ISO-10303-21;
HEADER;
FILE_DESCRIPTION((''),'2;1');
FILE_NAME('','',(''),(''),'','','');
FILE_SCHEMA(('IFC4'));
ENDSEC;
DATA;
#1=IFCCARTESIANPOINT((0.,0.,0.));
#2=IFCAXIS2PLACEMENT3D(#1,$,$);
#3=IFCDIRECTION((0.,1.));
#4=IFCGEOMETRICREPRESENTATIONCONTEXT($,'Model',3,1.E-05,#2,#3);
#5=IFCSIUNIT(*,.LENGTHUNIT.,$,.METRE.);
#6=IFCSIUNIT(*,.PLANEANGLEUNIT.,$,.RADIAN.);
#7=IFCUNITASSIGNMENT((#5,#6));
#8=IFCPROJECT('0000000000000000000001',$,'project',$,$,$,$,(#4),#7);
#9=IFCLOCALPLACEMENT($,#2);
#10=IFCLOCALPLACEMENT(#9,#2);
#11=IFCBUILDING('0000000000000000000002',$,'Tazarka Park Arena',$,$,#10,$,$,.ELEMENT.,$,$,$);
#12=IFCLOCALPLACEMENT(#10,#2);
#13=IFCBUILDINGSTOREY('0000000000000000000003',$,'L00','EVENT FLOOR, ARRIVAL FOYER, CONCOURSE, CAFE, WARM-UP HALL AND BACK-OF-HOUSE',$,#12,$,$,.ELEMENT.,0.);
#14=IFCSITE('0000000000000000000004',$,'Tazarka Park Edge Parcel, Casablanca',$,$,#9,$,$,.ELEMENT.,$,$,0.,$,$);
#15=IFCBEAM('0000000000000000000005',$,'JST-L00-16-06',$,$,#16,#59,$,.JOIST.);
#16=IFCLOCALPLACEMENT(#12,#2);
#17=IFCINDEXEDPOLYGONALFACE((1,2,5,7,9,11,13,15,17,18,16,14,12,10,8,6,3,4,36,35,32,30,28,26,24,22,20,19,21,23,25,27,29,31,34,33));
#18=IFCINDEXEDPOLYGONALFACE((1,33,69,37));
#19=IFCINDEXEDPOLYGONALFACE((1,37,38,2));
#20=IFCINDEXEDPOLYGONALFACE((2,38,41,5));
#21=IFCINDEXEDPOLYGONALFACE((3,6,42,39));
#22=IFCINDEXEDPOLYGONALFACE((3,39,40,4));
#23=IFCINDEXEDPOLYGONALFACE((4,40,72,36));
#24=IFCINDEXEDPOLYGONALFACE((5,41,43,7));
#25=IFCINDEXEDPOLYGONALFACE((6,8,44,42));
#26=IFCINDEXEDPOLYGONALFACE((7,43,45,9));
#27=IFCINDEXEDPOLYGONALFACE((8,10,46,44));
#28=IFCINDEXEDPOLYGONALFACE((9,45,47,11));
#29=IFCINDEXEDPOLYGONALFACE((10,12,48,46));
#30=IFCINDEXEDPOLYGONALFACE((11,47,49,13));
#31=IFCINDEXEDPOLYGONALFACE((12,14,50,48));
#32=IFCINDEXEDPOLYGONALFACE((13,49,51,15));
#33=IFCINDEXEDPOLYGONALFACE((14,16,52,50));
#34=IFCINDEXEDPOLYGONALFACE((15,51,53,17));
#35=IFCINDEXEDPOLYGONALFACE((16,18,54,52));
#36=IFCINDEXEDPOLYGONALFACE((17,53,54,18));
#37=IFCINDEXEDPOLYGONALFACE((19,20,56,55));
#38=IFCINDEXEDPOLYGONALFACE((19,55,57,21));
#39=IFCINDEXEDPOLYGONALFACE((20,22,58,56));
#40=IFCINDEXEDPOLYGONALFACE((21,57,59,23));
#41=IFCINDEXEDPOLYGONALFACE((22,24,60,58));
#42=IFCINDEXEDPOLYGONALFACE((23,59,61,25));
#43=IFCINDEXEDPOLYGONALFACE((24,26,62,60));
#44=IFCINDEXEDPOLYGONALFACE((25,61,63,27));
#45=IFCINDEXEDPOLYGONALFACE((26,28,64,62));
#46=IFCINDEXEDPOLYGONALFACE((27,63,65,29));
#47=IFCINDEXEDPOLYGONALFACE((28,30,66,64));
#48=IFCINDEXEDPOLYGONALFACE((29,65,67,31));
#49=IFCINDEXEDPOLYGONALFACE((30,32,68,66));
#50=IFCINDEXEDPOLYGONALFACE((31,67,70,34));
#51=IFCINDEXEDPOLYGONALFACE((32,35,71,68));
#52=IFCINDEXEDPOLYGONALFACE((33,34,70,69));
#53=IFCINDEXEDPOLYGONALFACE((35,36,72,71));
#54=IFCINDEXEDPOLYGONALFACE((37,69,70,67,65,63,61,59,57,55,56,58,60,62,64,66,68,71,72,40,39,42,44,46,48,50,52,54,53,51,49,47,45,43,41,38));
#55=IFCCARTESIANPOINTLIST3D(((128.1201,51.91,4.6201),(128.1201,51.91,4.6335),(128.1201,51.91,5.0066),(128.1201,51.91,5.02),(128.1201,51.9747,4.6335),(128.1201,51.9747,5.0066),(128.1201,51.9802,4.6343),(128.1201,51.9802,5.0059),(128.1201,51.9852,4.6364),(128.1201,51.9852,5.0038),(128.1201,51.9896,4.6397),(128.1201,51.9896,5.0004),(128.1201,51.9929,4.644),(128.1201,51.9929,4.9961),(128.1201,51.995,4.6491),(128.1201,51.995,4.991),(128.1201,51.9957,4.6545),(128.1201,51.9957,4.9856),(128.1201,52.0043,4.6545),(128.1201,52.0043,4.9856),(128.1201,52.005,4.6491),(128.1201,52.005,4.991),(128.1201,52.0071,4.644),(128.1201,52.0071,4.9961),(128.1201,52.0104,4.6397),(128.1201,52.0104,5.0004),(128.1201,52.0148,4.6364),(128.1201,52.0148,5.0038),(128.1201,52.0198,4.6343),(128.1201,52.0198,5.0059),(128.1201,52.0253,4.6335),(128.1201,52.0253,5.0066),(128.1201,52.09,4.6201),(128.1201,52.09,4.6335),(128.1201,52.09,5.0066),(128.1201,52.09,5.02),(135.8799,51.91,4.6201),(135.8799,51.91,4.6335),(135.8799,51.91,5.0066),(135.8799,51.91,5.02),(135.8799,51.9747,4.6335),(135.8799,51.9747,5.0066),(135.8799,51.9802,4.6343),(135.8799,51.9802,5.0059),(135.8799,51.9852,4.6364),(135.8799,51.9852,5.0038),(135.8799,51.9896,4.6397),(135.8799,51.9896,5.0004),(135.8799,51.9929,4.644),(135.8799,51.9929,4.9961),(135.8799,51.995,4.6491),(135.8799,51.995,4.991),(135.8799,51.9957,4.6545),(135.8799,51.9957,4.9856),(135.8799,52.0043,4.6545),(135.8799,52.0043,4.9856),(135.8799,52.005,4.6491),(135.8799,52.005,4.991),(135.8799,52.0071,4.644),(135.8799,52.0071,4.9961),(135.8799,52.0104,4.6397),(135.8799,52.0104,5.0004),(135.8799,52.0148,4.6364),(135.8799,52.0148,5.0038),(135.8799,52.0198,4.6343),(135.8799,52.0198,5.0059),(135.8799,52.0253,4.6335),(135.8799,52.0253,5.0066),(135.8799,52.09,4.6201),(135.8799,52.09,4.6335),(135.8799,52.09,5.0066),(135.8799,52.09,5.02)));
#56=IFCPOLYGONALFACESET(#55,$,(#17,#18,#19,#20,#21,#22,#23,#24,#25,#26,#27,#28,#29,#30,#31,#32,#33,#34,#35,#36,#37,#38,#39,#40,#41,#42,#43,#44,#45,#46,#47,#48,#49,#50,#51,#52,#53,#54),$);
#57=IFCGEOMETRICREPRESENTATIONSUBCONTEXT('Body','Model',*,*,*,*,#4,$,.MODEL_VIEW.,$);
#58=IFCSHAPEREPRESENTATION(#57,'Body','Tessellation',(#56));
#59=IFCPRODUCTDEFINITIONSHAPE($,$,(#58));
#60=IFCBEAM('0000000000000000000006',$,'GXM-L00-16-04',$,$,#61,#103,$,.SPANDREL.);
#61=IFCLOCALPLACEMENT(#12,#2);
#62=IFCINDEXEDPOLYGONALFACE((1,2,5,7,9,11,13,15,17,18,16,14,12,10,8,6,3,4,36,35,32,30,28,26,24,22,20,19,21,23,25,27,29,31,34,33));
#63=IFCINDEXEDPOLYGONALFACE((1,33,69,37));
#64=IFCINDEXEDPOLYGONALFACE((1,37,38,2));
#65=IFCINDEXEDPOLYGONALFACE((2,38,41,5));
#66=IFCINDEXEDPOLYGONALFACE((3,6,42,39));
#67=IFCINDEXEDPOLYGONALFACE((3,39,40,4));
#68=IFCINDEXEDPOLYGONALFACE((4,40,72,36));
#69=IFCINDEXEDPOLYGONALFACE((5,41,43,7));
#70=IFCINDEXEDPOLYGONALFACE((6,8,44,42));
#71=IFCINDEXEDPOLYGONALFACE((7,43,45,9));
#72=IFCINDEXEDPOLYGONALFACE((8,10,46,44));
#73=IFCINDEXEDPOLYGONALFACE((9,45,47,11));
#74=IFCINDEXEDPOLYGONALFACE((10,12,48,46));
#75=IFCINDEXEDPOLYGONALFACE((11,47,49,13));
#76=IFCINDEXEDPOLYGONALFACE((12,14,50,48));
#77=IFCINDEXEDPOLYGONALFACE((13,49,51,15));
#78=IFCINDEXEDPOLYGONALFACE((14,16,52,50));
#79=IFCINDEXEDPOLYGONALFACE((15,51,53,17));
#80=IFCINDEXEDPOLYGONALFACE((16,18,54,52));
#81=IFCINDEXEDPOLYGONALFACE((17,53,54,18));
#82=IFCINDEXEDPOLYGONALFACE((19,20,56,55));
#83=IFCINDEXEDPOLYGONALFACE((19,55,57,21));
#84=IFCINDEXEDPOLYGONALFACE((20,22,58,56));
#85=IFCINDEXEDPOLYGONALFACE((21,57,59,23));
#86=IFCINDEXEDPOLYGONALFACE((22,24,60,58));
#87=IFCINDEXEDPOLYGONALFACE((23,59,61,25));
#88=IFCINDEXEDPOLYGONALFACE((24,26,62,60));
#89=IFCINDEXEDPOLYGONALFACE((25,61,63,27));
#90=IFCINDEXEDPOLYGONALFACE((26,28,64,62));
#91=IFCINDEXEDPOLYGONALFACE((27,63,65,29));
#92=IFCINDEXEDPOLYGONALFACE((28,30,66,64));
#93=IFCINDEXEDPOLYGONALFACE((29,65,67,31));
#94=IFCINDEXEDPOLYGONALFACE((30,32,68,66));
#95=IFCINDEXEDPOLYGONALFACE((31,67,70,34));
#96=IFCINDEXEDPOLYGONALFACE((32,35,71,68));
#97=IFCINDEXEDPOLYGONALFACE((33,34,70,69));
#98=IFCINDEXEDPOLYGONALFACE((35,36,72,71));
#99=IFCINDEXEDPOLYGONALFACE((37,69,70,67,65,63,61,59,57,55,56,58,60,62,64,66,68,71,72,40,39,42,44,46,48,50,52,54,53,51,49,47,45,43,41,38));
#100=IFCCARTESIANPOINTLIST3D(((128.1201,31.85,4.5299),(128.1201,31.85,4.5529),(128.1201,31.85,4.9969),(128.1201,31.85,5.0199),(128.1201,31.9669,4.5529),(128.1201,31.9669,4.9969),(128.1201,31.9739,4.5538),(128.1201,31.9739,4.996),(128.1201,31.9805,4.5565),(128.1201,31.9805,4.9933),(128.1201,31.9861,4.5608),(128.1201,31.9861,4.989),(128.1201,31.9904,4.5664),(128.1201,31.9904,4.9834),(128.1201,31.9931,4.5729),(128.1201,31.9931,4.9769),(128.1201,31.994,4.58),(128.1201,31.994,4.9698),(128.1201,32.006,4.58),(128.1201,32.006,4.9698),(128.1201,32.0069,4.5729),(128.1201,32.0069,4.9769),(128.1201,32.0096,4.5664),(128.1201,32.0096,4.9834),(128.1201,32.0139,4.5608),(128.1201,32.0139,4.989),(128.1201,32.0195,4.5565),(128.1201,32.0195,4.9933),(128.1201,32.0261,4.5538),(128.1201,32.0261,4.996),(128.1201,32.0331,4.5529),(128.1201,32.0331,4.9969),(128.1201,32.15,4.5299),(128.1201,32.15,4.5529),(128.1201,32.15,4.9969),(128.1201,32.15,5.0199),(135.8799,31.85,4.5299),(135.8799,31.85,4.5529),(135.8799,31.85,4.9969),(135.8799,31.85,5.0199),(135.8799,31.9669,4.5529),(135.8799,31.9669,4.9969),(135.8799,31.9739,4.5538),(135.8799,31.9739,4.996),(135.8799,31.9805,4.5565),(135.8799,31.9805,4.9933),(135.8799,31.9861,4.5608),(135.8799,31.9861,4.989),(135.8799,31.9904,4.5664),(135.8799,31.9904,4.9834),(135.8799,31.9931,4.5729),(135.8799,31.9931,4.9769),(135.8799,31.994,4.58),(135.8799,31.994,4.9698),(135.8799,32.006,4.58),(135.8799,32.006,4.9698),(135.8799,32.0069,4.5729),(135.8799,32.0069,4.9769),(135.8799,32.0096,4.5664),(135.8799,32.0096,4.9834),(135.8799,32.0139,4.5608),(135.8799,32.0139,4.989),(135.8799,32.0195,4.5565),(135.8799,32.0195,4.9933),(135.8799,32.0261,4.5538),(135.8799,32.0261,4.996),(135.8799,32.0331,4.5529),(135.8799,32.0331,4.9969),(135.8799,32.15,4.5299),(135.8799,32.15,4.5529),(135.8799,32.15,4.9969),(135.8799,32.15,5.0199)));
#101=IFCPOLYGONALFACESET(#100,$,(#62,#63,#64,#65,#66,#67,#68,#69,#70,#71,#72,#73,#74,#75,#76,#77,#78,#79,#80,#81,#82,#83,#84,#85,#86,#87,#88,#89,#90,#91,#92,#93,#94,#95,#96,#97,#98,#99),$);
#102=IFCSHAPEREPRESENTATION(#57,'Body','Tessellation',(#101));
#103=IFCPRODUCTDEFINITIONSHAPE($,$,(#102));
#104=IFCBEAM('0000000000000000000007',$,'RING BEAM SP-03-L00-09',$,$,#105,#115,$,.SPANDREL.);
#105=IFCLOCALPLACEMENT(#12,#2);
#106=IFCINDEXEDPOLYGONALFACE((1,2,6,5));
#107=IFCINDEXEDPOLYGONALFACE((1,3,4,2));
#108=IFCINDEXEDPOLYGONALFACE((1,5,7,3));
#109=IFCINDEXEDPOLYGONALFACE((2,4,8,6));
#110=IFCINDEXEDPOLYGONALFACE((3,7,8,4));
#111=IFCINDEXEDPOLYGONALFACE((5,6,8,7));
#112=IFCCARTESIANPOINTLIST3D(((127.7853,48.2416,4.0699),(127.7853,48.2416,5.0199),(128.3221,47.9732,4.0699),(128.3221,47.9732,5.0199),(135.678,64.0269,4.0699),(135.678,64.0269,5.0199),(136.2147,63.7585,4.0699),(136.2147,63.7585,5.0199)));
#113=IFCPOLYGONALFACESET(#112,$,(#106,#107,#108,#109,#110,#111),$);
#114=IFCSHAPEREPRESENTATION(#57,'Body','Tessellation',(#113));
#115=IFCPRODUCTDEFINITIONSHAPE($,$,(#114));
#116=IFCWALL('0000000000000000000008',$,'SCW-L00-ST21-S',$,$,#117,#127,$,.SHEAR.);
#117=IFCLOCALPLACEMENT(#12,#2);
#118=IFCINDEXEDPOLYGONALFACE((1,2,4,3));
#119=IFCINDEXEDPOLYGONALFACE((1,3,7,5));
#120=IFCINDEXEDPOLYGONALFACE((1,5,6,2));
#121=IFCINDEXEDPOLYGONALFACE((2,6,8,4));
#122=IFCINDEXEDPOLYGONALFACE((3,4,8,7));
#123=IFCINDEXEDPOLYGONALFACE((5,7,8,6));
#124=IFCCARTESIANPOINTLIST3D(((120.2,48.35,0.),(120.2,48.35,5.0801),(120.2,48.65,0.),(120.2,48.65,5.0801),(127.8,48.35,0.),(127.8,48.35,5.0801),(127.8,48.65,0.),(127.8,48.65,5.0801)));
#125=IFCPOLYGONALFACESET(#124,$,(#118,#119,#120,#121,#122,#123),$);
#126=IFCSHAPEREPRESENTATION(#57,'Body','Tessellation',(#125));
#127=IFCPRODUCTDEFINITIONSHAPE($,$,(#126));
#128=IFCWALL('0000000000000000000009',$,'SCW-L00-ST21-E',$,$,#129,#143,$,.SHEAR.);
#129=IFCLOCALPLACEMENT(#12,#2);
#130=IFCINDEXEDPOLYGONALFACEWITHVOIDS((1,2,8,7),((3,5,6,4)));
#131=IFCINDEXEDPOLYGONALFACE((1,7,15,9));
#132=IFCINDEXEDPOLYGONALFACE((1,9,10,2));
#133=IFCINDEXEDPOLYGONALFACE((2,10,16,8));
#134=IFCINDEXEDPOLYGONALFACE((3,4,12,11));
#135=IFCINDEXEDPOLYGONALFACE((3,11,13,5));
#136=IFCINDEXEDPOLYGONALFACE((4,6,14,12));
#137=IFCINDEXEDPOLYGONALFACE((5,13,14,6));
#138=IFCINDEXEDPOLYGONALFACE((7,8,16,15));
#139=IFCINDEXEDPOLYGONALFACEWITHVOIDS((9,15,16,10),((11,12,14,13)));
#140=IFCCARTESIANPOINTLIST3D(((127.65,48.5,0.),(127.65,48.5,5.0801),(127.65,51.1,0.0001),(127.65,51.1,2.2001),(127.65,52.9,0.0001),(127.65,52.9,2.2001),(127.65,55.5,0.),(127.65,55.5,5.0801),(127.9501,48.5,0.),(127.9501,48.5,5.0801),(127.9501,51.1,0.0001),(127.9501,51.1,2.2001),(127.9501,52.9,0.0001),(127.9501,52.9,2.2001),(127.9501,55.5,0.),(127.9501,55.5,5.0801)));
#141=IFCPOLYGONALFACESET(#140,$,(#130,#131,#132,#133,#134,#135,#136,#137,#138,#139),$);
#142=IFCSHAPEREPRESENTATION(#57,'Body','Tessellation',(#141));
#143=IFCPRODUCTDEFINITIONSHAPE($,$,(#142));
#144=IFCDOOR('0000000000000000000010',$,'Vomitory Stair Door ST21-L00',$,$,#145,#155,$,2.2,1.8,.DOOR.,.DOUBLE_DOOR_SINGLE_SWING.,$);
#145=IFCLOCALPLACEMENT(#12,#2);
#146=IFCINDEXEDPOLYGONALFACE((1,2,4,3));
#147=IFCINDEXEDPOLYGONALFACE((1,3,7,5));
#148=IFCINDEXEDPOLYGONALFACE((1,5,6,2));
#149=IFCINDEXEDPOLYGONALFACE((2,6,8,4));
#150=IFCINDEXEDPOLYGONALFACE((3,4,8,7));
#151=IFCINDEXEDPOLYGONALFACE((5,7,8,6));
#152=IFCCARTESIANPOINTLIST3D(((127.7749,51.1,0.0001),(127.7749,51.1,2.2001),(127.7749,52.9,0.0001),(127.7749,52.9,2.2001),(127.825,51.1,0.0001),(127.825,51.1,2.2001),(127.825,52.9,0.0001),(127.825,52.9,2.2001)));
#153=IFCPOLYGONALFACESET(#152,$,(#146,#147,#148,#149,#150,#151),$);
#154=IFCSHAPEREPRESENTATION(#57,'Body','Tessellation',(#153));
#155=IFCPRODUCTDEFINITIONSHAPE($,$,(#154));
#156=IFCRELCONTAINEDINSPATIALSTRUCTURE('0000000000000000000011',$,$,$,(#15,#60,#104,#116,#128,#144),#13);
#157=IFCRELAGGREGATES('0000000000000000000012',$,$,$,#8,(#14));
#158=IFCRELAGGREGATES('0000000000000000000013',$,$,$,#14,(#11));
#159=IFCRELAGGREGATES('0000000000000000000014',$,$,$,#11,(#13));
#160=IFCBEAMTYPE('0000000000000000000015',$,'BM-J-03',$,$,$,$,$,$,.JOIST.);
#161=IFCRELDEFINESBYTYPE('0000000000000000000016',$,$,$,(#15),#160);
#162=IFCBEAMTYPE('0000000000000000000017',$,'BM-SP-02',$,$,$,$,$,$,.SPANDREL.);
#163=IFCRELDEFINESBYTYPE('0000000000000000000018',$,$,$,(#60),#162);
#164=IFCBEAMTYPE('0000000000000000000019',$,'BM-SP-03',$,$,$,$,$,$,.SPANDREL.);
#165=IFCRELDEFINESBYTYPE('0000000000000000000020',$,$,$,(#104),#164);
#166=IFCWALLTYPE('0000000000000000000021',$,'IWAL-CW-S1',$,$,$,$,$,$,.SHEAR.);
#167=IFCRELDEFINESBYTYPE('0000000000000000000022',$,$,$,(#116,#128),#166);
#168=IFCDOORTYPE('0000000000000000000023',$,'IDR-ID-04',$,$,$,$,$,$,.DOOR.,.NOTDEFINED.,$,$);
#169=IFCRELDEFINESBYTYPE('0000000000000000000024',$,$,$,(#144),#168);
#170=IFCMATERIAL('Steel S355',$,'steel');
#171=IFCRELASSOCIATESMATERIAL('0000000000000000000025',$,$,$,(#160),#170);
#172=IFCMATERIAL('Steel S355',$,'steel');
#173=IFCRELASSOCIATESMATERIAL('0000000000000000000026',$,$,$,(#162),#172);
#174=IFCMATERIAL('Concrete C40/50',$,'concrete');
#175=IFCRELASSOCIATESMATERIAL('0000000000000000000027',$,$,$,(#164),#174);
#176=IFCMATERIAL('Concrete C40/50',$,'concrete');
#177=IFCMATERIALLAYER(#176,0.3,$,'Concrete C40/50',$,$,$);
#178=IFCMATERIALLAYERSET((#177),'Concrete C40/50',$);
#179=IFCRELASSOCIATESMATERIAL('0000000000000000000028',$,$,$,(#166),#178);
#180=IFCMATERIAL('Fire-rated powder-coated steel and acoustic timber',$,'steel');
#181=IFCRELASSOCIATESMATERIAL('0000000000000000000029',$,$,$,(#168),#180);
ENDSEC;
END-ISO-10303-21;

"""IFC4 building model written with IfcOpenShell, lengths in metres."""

from ifc_helpers import new_model, si_unit, direction, frame, frame_2d, origin, origin_2d, place, context, subcontext, project, spatial, rectangle, i_section, extrude, material, layer, layer_set, material_profile, profile_set, type_object, element, fill, save


model = new_model("IFC4")

# Units and contexts
model_context = context("Model", 3, precision=1e-05, world=origin(), true_north=direction((0.0, 1.0)))
body_context = subcontext(model_context, "Body", "Model", "MODEL_VIEW")
ifc_project = project(units=[si_unit("LENGTHUNIT", "METRE"), si_unit("PLANEANGLEUNIT", "RADIAN")], contexts=[model_context])

# Site, building, storey
site_placement = place(None, origin())
site = spatial("IfcSite", under=ifc_project, at=site_placement, Name="Tazarka Park Edge Parcel, Casablanca", CompositionType="ELEMENT", RefElevation=0.0)
building_placement = place(site_placement, origin())
building = spatial("IfcBuilding", under=site, at=building_placement, Name="Tazarka Park Arena", CompositionType="ELEMENT")
storey_placement = place(building_placement, origin())
storey = spatial("IfcBuildingStorey", under=building, at=storey_placement, Name="L00", Description="EVENT FLOOR, ARRIVAL FOYER, CONCOURSE, CAFE, WARM-UP HALL AND BACK-OF-HOUSE", CompositionType="ELEMENT", Elevation=0.0)

# Beams
ifc_material_1 = material(Name="Steel S355", Category="steel")
ifc_material_profile_1 = material_profile(ifc_material_1, i_section(OverallWidth=0.1799, OverallDepth=0.3999, WebThickness=0.0085, FlangeThickness=0.0134, FilletRadius=0.021, at=origin_2d()), Name="Steel S355")
ifc_profile_set_1 = profile_set([ifc_material_profile_1], Name="Steel S355")
beam_type_1 = type_object("IfcBeamType", Name="BM-J-03", PredefinedType="JOIST", material=ifc_profile_set_1)
beam_1_placement = place(storey_placement, frame((128.1201, 52.0, 4.8201), z_axis=(1.0, 0.0, 0.0), x_axis=(0.0, 1.0, 0.0)))
element("IfcBeam", 1, at=beam_1_placement, inside=storey, type_object=beam_type_1, Name="JST-L00-16-06", PredefinedType="JOIST", context=body_context, shape_type="SweptSolid", body=[
    extrude(i_section(OverallWidth=0.1799, OverallDepth=0.3999, WebThickness=0.0085, FlangeThickness=0.0134, FilletRadius=0.021, at=origin_2d()), origin(), (0.0, 0.0, 1.0), 7.7598),
])
ifc_material_2 = material(Name="Steel S355", Category="steel")
ifc_material_profile_2 = material_profile(ifc_material_2, i_section(OverallWidth=0.3, OverallDepth=0.49, WebThickness=0.012, FlangeThickness=0.0229, FilletRadius=0.0271, at=origin_2d()), Name="Steel S355")
ifc_profile_set_2 = profile_set([ifc_material_profile_2], Name="Steel S355")
beam_type_2 = type_object("IfcBeamType", Name="BM-SP-02", PredefinedType="SPANDREL", material=ifc_profile_set_2)
beam_2_placement = place(storey_placement, frame((128.1201, 32.0, 4.7749), z_axis=(1.0, 0.0, 0.0), x_axis=(0.0, 1.0, 0.0)))
element("IfcBeam", 2, at=beam_2_placement, inside=storey, type_object=beam_type_2, Name="GXM-L00-16-04", PredefinedType="SPANDREL", context=body_context, shape_type="SweptSolid", body=[
    extrude(i_section(OverallWidth=0.3, OverallDepth=0.49, WebThickness=0.012, FlangeThickness=0.0229, FilletRadius=0.0271, at=origin_2d()), origin(), (0.0, 0.0, 1.0), 7.7598),
])
ifc_material_3 = material(Name="Concrete C40/50", Category="concrete")
ifc_material_profile_3 = material_profile(ifc_material_3, rectangle(XDim=0.6001, YDim=0.95, at=origin_2d()), Name="Concrete C40/50")
ifc_profile_set_3 = profile_set([ifc_material_profile_3], Name="Concrete C40/50")
beam_type_3 = type_object("IfcBeamType", Name="BM-SP-03", PredefinedType="SPANDREL", material=ifc_profile_set_3)
beam_3_placement = place(storey_placement, frame((128.0537, 48.1074, 4.5449), z_axis=(0.447214, 0.894427, 0.0), x_axis=(-0.894427, 0.447214, 0.0)))
element("IfcBeam", 3, at=beam_3_placement, inside=storey, type_object=beam_type_3, Name="RING BEAM SP-03-L00-09", PredefinedType="SPANDREL", context=body_context, shape_type="SweptSolid", body=[
    extrude(rectangle(XDim=0.6001, YDim=0.95, at=origin_2d()), origin(), (0.0, 0.0, 1.0), 17.6484),
])

# Wall
ifc_material_4 = material(Name="Concrete C40/50", Category="concrete")
ifc_layer_1 = layer(ifc_material_4, 0.3, Name="Concrete C40/50")
ifc_layer_set_1 = layer_set([ifc_layer_1], Name="Concrete C40/50")
wall_type_1 = type_object("IfcWallType", Name="IWAL-CW-S1", PredefinedType="SHEAR", material=ifc_layer_set_1)
wall_1_placement = place(storey_placement, frame((127.8, 48.5, 0.0), z_axis=(0.0, 0.0, 1.0), x_axis=(-1.0, 0.0, 0.0)))
element("IfcWall", 4, at=wall_1_placement, inside=storey, type_object=wall_type_1, Name="SCW-L00-ST21-S", PredefinedType="SHEAR", context=body_context, shape_type="SweptSolid", body=[
    extrude(rectangle(XDim=7.6001, YDim=0.3, at=frame_2d((3.8, 0.0))), origin(), (0.0, 0.0, 1.0), 5.0801),
])

# Wall, opening, door
wall_2_placement = place(storey_placement, frame((127.8, 55.5, 0.0), z_axis=(0.0, 0.0, 1.0), x_axis=(0.0, -1.0, 0.0)))
wall_2 = element("IfcWall", 5, at=wall_2_placement, inside=storey, type_object=wall_type_1, Name="SCW-L00-ST21-E", PredefinedType="SHEAR", context=body_context, shape_type="SweptSolid", body=[
    extrude(rectangle(XDim=7.0, YDim=0.3, at=frame_2d((3.5, 0.0))), origin(), (0.0, 0.0, 1.0), 5.0801),
])
opening_1_placement = place(wall_2_placement, frame((2.6001, 0.0, 0.0)))
opening_1 = element("IfcOpeningElement", 6, at=opening_1_placement, cuts=wall_2, PredefinedType="OPENING", context=body_context, shape_type="SweptSolid", body=[
    extrude(rectangle(XDim=1.8, YDim=2.2, at=frame_2d((0.8999, 1.1001))), frame((0.0, 0.1602, 0.0), z_axis=(0.0, -1.0, 0.0), x_axis=(1.0, 0.0, 0.0)), (0.0, 0.0, 1.0), 0.3201),
])
ifc_material_5 = material(Name="Fire-rated powder-coated steel and acoustic timber", Category="steel")
door_type_1 = type_object("IfcDoorType", Name="IDR-ID-04", OperationType="NOTDEFINED", PredefinedType="DOOR", material=ifc_material_5)
door_1_placement = place(opening_1_placement, origin())
door_1 = element("IfcDoor", 7, at=door_1_placement, inside=storey, type_object=door_type_1, Name="Vomitory Stair Door ST21-L00", OperationType="DOUBLE_DOOR_SINGLE_SWING", OverallHeight=2.2, OverallWidth=1.8, PredefinedType="DOOR", context=body_context, shape_type="SweptSolid", body=[
    extrude(rectangle(XDim=1.8, YDim=2.2, at=frame_2d((0.8999, 1.1001))), frame((0.0, 0.0249, 0.0), z_axis=(0.0, -1.0, 0.0), x_axis=(1.0, 0.0, 0.0)), (0.0, 0.0, 1.0), 0.05),
])
fill(opening_1, door_1)

save(model, "model.ifc")
